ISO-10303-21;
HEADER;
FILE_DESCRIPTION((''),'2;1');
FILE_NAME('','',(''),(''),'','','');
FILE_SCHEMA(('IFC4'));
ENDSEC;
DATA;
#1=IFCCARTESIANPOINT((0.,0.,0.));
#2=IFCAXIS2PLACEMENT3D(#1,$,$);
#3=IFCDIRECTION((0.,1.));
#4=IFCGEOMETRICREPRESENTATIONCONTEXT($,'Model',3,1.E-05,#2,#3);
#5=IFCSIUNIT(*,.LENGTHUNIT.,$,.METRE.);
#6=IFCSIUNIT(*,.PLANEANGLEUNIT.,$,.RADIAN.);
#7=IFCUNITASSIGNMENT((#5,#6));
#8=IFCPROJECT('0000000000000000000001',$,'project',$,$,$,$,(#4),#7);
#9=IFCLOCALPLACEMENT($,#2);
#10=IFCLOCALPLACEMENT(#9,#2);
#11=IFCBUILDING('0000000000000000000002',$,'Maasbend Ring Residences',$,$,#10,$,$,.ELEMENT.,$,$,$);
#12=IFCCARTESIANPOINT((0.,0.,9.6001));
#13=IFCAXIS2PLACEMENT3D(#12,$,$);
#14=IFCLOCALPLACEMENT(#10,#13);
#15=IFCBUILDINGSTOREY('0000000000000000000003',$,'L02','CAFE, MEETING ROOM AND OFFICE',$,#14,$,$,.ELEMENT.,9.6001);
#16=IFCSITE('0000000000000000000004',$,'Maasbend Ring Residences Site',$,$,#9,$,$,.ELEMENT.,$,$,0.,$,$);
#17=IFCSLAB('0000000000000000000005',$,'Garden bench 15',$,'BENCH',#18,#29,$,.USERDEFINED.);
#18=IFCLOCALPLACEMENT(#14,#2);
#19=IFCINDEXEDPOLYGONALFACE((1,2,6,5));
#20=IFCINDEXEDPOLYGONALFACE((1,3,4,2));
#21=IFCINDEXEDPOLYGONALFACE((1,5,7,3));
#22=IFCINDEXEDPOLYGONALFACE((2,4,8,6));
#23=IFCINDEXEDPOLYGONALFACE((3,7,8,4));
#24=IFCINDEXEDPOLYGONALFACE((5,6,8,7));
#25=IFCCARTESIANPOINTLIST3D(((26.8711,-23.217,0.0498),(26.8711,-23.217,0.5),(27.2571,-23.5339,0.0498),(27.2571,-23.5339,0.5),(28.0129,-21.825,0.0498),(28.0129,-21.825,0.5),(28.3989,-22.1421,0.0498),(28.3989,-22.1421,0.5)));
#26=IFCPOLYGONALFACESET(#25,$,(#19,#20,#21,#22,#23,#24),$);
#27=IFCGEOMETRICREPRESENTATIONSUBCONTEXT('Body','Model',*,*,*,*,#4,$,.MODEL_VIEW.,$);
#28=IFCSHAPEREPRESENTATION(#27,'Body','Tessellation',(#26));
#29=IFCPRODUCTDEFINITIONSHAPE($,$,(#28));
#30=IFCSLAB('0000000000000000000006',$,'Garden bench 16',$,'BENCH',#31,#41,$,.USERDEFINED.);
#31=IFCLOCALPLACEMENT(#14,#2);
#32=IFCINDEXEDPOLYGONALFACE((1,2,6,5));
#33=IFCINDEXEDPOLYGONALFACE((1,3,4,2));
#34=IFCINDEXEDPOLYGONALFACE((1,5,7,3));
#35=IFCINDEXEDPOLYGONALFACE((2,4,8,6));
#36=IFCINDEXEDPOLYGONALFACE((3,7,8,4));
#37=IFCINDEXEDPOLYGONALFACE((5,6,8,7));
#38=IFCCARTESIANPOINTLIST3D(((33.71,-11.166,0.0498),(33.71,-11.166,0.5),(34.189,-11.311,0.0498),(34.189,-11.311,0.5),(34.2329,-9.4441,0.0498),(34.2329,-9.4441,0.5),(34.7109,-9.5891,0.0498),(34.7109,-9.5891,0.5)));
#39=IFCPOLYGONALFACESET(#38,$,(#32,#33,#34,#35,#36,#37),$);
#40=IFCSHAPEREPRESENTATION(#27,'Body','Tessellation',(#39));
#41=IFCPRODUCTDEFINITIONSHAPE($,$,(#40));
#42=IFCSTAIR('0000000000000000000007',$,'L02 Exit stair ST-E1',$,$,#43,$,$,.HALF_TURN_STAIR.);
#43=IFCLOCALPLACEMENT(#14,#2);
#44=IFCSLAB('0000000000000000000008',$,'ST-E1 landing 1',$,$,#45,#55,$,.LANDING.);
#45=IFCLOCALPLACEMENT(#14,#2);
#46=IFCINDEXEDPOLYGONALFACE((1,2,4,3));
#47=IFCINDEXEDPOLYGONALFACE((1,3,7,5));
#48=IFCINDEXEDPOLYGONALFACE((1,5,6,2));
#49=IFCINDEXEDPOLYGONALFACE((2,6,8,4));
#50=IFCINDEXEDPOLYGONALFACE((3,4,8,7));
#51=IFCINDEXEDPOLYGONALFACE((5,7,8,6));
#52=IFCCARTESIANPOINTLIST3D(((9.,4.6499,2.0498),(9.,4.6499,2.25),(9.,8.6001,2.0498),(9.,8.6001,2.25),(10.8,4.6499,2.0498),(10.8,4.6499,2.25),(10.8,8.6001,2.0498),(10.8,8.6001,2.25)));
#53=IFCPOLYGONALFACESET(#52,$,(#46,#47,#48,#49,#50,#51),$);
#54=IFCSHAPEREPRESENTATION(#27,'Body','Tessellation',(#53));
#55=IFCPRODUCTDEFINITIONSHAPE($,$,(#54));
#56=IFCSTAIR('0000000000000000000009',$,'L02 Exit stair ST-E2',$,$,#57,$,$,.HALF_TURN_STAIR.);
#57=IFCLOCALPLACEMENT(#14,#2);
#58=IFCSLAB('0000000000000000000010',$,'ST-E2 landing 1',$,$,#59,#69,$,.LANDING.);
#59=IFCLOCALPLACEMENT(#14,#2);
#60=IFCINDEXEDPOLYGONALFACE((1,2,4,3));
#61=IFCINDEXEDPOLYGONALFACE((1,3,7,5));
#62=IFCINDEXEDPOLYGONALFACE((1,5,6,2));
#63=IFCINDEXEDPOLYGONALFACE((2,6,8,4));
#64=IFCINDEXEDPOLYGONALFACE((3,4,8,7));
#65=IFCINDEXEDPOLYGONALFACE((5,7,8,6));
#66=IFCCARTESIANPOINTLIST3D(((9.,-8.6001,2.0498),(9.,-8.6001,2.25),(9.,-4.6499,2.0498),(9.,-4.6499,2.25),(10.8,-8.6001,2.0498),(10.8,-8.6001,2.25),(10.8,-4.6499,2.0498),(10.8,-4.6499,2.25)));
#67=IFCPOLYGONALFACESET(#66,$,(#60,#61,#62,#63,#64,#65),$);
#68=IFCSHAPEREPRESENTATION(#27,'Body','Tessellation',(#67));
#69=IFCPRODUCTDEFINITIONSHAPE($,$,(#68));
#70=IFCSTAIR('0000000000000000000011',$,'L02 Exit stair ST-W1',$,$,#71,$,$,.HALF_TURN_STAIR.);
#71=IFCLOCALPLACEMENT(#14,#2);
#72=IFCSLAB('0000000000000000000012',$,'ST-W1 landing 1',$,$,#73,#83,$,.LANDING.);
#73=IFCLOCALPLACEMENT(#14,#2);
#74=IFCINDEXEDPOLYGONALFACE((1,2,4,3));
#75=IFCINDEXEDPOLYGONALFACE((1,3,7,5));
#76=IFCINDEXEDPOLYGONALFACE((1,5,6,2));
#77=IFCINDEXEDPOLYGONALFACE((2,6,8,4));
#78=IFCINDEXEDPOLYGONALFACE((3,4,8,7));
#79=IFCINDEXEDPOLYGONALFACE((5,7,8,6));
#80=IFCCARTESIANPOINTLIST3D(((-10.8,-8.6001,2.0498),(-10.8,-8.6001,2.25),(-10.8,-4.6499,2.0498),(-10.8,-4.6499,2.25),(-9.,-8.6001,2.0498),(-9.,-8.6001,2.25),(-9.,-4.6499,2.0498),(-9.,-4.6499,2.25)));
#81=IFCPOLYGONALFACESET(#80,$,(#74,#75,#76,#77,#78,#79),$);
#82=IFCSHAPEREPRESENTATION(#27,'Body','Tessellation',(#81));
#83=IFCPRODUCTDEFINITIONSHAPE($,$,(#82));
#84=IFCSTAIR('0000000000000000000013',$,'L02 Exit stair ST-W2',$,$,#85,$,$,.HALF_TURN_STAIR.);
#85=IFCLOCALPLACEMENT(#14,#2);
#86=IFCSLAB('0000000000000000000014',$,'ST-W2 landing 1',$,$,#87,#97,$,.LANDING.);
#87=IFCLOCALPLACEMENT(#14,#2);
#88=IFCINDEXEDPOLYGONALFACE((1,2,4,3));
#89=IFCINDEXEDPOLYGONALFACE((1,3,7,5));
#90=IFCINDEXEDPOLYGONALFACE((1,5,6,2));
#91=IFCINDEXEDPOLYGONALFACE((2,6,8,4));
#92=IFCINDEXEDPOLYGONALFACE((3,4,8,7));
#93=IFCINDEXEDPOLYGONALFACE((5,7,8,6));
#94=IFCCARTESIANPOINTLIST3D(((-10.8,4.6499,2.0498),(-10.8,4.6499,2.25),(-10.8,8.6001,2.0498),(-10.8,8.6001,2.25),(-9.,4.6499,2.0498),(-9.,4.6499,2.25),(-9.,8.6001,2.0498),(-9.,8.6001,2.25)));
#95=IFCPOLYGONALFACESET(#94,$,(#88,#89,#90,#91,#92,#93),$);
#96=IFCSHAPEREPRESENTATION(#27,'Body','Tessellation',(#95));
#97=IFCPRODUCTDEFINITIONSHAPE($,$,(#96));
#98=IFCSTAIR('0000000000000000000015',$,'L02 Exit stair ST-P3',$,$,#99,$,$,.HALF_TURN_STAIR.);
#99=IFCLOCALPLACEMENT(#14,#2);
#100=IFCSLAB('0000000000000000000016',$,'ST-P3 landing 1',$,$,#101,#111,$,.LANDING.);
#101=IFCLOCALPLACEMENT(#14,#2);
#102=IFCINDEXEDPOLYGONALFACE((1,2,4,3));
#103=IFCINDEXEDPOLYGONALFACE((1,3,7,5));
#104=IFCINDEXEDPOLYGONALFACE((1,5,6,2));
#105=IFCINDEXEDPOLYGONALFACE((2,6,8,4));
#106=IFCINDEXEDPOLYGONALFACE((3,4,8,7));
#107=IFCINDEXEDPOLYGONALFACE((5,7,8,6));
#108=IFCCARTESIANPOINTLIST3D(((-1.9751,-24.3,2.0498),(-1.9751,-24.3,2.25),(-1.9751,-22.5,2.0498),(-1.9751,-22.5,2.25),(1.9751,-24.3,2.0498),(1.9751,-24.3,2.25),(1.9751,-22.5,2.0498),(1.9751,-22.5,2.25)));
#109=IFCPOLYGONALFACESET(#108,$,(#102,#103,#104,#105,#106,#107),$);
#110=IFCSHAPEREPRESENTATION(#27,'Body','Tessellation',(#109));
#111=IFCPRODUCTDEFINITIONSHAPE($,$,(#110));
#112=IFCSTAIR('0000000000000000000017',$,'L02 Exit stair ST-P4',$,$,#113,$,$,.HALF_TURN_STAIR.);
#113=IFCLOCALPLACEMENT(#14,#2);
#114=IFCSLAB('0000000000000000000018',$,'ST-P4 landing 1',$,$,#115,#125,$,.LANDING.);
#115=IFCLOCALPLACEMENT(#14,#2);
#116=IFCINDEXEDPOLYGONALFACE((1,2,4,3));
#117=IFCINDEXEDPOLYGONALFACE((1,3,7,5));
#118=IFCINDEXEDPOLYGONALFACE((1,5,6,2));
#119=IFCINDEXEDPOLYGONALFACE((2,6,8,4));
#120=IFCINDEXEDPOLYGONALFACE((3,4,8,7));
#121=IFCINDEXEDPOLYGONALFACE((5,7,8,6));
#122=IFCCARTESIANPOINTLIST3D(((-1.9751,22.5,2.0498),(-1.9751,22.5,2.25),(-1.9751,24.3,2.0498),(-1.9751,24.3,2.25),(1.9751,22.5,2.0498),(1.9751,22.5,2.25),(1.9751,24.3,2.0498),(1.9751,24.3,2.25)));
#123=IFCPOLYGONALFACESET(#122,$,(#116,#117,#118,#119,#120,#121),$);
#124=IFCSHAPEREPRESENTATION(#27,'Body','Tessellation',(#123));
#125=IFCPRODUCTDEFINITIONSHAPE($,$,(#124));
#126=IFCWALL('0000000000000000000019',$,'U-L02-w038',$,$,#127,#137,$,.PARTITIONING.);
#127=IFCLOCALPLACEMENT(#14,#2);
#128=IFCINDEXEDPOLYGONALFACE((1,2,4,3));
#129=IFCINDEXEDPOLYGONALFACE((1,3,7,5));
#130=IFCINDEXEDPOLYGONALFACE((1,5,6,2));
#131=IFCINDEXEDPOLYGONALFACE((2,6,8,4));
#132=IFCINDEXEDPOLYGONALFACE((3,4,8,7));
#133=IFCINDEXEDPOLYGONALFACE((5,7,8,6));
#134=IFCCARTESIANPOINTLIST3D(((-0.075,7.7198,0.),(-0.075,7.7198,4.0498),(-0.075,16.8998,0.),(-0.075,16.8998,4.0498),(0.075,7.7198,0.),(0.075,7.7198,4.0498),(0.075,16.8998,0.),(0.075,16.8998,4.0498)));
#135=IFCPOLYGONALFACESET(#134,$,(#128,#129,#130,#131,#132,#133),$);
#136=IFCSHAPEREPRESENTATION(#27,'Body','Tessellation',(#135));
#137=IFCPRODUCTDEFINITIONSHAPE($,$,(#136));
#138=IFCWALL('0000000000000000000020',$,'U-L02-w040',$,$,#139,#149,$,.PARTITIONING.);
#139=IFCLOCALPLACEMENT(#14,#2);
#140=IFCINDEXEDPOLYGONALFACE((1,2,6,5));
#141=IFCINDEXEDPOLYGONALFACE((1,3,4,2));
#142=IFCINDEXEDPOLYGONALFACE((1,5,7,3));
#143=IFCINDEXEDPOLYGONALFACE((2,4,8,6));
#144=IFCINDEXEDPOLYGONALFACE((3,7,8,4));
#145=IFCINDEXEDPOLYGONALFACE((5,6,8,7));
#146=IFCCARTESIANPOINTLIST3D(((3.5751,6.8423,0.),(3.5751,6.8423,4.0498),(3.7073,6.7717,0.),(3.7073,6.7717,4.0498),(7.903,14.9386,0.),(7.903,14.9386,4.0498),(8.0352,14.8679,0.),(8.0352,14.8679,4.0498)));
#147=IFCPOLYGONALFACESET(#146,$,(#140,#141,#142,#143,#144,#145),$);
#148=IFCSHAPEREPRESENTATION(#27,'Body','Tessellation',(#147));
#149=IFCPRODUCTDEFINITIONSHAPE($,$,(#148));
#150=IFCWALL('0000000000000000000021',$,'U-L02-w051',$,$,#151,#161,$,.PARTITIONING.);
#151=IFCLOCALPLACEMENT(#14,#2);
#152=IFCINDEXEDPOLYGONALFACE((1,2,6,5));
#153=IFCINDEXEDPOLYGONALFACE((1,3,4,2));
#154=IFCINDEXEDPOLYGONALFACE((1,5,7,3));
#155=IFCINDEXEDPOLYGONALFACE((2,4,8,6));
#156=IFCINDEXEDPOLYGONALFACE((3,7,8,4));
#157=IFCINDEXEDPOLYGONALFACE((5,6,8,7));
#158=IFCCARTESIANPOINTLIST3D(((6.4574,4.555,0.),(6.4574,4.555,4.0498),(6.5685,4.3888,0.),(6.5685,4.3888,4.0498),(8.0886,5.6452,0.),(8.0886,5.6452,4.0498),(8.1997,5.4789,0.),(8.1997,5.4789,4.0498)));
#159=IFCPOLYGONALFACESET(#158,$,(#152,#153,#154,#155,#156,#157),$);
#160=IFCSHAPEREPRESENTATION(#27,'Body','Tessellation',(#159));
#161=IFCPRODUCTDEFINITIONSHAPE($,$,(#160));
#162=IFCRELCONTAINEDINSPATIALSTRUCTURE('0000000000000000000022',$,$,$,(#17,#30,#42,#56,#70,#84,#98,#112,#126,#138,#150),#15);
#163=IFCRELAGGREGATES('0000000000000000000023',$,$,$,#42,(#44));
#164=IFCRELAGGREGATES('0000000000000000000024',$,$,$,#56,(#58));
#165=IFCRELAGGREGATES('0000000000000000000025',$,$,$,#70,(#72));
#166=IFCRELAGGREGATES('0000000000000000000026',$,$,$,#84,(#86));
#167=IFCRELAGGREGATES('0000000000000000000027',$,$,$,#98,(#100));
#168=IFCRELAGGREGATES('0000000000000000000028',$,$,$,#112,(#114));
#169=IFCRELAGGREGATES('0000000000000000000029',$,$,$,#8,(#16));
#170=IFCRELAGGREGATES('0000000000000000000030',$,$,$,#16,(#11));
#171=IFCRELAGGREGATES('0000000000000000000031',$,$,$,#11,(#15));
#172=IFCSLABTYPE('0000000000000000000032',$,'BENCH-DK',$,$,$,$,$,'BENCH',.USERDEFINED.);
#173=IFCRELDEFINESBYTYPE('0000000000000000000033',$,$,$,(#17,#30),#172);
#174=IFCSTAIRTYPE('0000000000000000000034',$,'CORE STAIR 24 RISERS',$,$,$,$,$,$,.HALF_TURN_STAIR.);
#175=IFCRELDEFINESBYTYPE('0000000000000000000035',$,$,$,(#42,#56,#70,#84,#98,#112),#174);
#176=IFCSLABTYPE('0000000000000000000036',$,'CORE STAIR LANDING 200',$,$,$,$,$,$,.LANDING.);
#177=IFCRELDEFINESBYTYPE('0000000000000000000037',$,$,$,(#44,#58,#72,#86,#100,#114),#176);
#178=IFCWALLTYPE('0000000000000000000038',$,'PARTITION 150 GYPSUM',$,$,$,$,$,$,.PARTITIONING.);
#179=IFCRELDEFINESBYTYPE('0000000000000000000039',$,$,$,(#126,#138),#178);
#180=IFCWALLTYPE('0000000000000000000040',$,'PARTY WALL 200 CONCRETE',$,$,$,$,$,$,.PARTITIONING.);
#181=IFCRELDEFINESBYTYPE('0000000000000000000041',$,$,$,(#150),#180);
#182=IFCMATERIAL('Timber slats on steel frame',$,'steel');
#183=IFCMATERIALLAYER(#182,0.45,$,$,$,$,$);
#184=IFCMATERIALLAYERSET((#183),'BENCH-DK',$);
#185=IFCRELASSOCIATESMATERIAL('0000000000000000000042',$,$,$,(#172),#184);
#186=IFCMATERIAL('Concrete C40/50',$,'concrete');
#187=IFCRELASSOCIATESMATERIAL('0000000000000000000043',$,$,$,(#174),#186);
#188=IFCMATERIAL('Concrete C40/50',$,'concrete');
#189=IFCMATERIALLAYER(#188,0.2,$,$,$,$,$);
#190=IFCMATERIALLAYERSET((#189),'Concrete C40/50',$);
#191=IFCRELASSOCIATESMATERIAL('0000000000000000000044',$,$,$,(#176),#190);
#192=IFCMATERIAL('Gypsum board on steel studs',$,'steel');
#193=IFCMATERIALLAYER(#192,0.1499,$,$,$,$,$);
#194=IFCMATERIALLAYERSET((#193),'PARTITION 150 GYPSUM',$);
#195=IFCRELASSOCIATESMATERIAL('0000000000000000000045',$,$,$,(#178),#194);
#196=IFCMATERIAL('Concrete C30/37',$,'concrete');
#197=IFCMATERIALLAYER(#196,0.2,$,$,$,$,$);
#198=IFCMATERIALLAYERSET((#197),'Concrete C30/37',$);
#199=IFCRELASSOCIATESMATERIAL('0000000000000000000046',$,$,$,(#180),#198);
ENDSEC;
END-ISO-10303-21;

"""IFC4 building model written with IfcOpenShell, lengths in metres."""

from ifc_helpers import new_model, si_unit, direction, frame, frame_2d, origin, place, context, subcontext, project, spatial, polyline, rectangle, outline, extrude, material, layer, layer_set, type_object, element, aggregate, save


model = new_model("IFC4")

# Units and contexts
model_context = context("Model", 3, precision=1e-05, world=origin(), true_north=direction((0.0, 1.0)))
body_context = subcontext(model_context, "Body", "Model", "MODEL_VIEW")
ifc_project = project(units=[si_unit("LENGTHUNIT", "METRE"), si_unit("PLANEANGLEUNIT", "RADIAN")], contexts=[model_context])

# Site, building, storey
site_placement = place(None, origin())
site = spatial("IfcSite", under=ifc_project, at=site_placement, Name="Maasbend Ring Residences Site", CompositionType="ELEMENT", RefElevation=0.0)
building_placement = place(site_placement, origin())
building = spatial("IfcBuilding", under=site, at=building_placement, Name="Maasbend Ring Residences", CompositionType="ELEMENT")
storey_placement = place(building_placement, frame((0.0, 0.0, 9.6001)))
storey = spatial("IfcBuildingStorey", under=building, at=storey_placement, Name="L02", Description="CAFE, MEETING ROOM AND OFFICE", CompositionType="ELEMENT", Elevation=9.6001)

# Slabs
ifc_material_1 = material(Name="Timber slats on steel frame", Category="steel")
ifc_layer_1 = layer(ifc_material_1, 0.45)
ifc_layer_set_1 = layer_set([ifc_layer_1], Name="BENCH-DK")
slab_type_1 = type_object("IfcSlabType", Name="BENCH-DK", ElementType="BENCH", PredefinedType="USERDEFINED", material=ifc_layer_set_1)
slab_1_placement = place(storey_placement, frame((0.0, 0.0, 0.0498)))
element("IfcSlab", 1, at=slab_1_placement, inside=storey, type_object=slab_type_1, Name="Garden bench 15", ObjectType="BENCH", PredefinedType="USERDEFINED", context=body_context, shape_type="SweptSolid", body=[
    extrude(outline(polyline([(27.2571, -23.5339), (28.3989, -22.1421), (28.0129, -21.825), (26.8711, -23.217), (27.2571, -23.5339)])), origin(), (0.0, 0.0, 1.0), 0.4502),
])
slab_2_placement = place(storey_placement, frame((0.0, 0.0, 0.0498)))
element("IfcSlab", 2, at=slab_2_placement, inside=storey, type_object=slab_type_1, Name="Garden bench 16", ObjectType="BENCH", PredefinedType="USERDEFINED", context=body_context, shape_type="SweptSolid", body=[
    extrude(outline(polyline([(34.189, -11.311), (34.7109, -9.5891), (34.2329, -9.4441), (33.71, -11.166), (34.189, -11.311)])), origin(), (0.0, 0.0, 1.0), 0.4502),
])

# Stairs, slabs
ifc_material_2 = material(Name="Concrete C40/50", Category="concrete")
stair_type = type_object("IfcStairType", Name="CORE STAIR 24 RISERS", PredefinedType="HALF_TURN_STAIR", material=ifc_material_2)
stair_1_placement = place(storey_placement, origin())
stair_1 = element("IfcStair", 3, at=stair_1_placement, inside=storey, type_object=stair_type, Name="L02 Exit stair ST-E1", PredefinedType="HALF_TURN_STAIR")
ifc_material_3 = material(Name="Concrete C40/50", Category="concrete")
ifc_layer_2 = layer(ifc_material_3, 0.2)
ifc_layer_set_2 = layer_set([ifc_layer_2], Name="Concrete C40/50")
slab_type_2 = type_object("IfcSlabType", Name="CORE STAIR LANDING 200", PredefinedType="LANDING", material=ifc_layer_set_2)
slab_3_placement = place(storey_placement, frame((0.0, 0.0, 2.0498)))
slab_3 = element("IfcSlab", 4, at=slab_3_placement, type_object=slab_type_2, Name="ST-E1 landing 1", PredefinedType="LANDING", context=body_context, shape_type="SweptSolid", body=[
    extrude(outline(polyline([(10.8, 8.6001), (9.0, 8.6001), (9.0, 4.6499), (10.8, 4.6499), (10.8, 8.6001)])), origin(), (0.0, 0.0, 1.0), 0.2002),
])
aggregate(stair_1, [slab_3])
stair_2_placement = place(storey_placement, origin())
stair_2 = element("IfcStair", 5, at=stair_2_placement, inside=storey, type_object=stair_type, Name="L02 Exit stair ST-E2", PredefinedType="HALF_TURN_STAIR")
slab_4_placement = place(storey_placement, frame((0.0, 0.0, 2.0498)))
slab_4 = element("IfcSlab", 6, at=slab_4_placement, type_object=slab_type_2, Name="ST-E2 landing 1", PredefinedType="LANDING", context=body_context, shape_type="SweptSolid", body=[
    extrude(outline(polyline([(10.8, -4.6499), (9.0, -4.6499), (9.0, -8.6001), (10.8, -8.6001), (10.8, -4.6499)])), origin(), (0.0, 0.0, 1.0), 0.2002),
])
aggregate(stair_2, [slab_4])
stair_3_placement = place(storey_placement, origin())
stair_3 = element("IfcStair", 7, at=stair_3_placement, inside=storey, type_object=stair_type, Name="L02 Exit stair ST-W1", PredefinedType="HALF_TURN_STAIR")
slab_5_placement = place(storey_placement, frame((0.0, 0.0, 2.0498)))
slab_5 = element("IfcSlab", 8, at=slab_5_placement, type_object=slab_type_2, Name="ST-W1 landing 1", PredefinedType="LANDING", context=body_context, shape_type="SweptSolid", body=[
    extrude(outline(polyline([(-10.8, -8.6001), (-9.0, -8.6001), (-9.0, -4.6499), (-10.8, -4.6499), (-10.8, -8.6001)])), origin(), (0.0, 0.0, 1.0), 0.2002),
])
aggregate(stair_3, [slab_5])
stair_4_placement = place(storey_placement, origin())
stair_4 = element("IfcStair", 9, at=stair_4_placement, inside=storey, type_object=stair_type, Name="L02 Exit stair ST-W2", PredefinedType="HALF_TURN_STAIR")
slab_6_placement = place(storey_placement, frame((0.0, 0.0, 2.0498)))
slab_6 = element("IfcSlab", 10, at=slab_6_placement, type_object=slab_type_2, Name="ST-W2 landing 1", PredefinedType="LANDING", context=body_context, shape_type="SweptSolid", body=[
    extrude(outline(polyline([(-10.8, 4.6499), (-9.0, 4.6499), (-9.0, 8.6001), (-10.8, 8.6001), (-10.8, 4.6499)])), origin(), (0.0, 0.0, 1.0), 0.2002),
])
aggregate(stair_4, [slab_6])
stair_5_placement = place(storey_placement, origin())
stair_5 = element("IfcStair", 11, at=stair_5_placement, inside=storey, type_object=stair_type, Name="L02 Exit stair ST-P3", PredefinedType="HALF_TURN_STAIR")
slab_7_placement = place(storey_placement, frame((0.0, 0.0, 2.0498)))
slab_7 = element("IfcSlab", 12, at=slab_7_placement, type_object=slab_type_2, Name="ST-P3 landing 1", PredefinedType="LANDING", context=body_context, shape_type="SweptSolid", body=[
    extrude(outline(polyline([(1.9751, -24.3), (1.9751, -22.5), (-1.9751, -22.5), (-1.9751, -24.3), (1.9751, -24.3)])), origin(), (0.0, 0.0, 1.0), 0.2002),
])
aggregate(stair_5, [slab_7])
stair_6_placement = place(storey_placement, origin())
stair_6 = element("IfcStair", 13, at=stair_6_placement, inside=storey, type_object=stair_type, Name="L02 Exit stair ST-P4", PredefinedType="HALF_TURN_STAIR")
slab_8_placement = place(storey_placement, frame((0.0, 0.0, 2.0498)))
slab_8 = element("IfcSlab", 14, at=slab_8_placement, type_object=slab_type_2, Name="ST-P4 landing 1", PredefinedType="LANDING", context=body_context, shape_type="SweptSolid", body=[
    extrude(outline(polyline([(-1.9751, 24.3), (-1.9751, 22.5), (1.9751, 22.5), (1.9751, 24.3), (-1.9751, 24.3)])), origin(), (0.0, 0.0, 1.0), 0.2002),
])
aggregate(stair_6, [slab_8])

# Walls
ifc_material_4 = material(Name="Gypsum board on steel studs", Category="steel")
ifc_layer_3 = layer(ifc_material_4, 0.1499)
ifc_layer_set_3 = layer_set([ifc_layer_3], Name="PARTITION 150 GYPSUM")
wall_type_1 = type_object("IfcWallType", Name="PARTITION 150 GYPSUM", PredefinedType="PARTITIONING", material=ifc_layer_set_3)
wall_1_placement = place(storey_placement, frame((0.0, 7.72, 0.0), z_axis=(0.0, 0.0, 1.0), x_axis=(0.0, 1.0, 0.0)))
element("IfcWall", 15, at=wall_1_placement, inside=storey, type_object=wall_type_1, Name="U-L02-w038", PredefinedType="PARTITIONING", context=body_context, shape_type="SweptSolid", body=[
    extrude(rectangle(XDim=9.1799, YDim=0.1499, at=frame_2d((4.5898, 0.0))), origin(), (0.0, 0.0, 1.0), 4.0498),
])
wall_2_placement = place(storey_placement, frame((3.6411, 6.8069, 0.0), z_axis=(0.0, 0.0, 1.0), x_axis=(0.471429, 0.881904, 0.0)))
element("IfcWall", 16, at=wall_2_placement, inside=storey, type_object=wall_type_1, Name="U-L02-w040", PredefinedType="PARTITIONING", context=body_context, shape_type="SweptSolid", body=[
    extrude(rectangle(XDim=9.1804, YDim=0.1499, at=frame_2d((4.5903, 0.0))), origin(), (0.0, 0.0, 1.0), 4.0498),
])
ifc_material_5 = material(Name="Concrete C30/37", Category="concrete")
ifc_layer_4 = layer(ifc_material_5, 0.2)
ifc_layer_set_4 = layer_set([ifc_layer_4], Name="Concrete C30/37")
wall_type_2 = type_object("IfcWallType", Name="PARTY WALL 200 CONCRETE", PredefinedType="PARTITIONING", material=ifc_layer_set_4)
wall_3_placement = place(storey_placement, frame((6.5129, 4.4719, 0.0), z_axis=(0.0, 0.0, 1.0), x_axis=(0.831418, 0.555648, 0.0)))
element("IfcWall", 17, at=wall_3_placement, inside=storey, type_object=wall_type_2, Name="U-L02-w051", PredefinedType="PARTITIONING", context=body_context, shape_type="SweptSolid", body=[
    extrude(rectangle(XDim=1.9619, YDim=0.2, at=frame_2d((0.981, 0.0))), origin(), (0.0, 0.0, 1.0), 4.0498),
])

save(model, "model.ifc")
